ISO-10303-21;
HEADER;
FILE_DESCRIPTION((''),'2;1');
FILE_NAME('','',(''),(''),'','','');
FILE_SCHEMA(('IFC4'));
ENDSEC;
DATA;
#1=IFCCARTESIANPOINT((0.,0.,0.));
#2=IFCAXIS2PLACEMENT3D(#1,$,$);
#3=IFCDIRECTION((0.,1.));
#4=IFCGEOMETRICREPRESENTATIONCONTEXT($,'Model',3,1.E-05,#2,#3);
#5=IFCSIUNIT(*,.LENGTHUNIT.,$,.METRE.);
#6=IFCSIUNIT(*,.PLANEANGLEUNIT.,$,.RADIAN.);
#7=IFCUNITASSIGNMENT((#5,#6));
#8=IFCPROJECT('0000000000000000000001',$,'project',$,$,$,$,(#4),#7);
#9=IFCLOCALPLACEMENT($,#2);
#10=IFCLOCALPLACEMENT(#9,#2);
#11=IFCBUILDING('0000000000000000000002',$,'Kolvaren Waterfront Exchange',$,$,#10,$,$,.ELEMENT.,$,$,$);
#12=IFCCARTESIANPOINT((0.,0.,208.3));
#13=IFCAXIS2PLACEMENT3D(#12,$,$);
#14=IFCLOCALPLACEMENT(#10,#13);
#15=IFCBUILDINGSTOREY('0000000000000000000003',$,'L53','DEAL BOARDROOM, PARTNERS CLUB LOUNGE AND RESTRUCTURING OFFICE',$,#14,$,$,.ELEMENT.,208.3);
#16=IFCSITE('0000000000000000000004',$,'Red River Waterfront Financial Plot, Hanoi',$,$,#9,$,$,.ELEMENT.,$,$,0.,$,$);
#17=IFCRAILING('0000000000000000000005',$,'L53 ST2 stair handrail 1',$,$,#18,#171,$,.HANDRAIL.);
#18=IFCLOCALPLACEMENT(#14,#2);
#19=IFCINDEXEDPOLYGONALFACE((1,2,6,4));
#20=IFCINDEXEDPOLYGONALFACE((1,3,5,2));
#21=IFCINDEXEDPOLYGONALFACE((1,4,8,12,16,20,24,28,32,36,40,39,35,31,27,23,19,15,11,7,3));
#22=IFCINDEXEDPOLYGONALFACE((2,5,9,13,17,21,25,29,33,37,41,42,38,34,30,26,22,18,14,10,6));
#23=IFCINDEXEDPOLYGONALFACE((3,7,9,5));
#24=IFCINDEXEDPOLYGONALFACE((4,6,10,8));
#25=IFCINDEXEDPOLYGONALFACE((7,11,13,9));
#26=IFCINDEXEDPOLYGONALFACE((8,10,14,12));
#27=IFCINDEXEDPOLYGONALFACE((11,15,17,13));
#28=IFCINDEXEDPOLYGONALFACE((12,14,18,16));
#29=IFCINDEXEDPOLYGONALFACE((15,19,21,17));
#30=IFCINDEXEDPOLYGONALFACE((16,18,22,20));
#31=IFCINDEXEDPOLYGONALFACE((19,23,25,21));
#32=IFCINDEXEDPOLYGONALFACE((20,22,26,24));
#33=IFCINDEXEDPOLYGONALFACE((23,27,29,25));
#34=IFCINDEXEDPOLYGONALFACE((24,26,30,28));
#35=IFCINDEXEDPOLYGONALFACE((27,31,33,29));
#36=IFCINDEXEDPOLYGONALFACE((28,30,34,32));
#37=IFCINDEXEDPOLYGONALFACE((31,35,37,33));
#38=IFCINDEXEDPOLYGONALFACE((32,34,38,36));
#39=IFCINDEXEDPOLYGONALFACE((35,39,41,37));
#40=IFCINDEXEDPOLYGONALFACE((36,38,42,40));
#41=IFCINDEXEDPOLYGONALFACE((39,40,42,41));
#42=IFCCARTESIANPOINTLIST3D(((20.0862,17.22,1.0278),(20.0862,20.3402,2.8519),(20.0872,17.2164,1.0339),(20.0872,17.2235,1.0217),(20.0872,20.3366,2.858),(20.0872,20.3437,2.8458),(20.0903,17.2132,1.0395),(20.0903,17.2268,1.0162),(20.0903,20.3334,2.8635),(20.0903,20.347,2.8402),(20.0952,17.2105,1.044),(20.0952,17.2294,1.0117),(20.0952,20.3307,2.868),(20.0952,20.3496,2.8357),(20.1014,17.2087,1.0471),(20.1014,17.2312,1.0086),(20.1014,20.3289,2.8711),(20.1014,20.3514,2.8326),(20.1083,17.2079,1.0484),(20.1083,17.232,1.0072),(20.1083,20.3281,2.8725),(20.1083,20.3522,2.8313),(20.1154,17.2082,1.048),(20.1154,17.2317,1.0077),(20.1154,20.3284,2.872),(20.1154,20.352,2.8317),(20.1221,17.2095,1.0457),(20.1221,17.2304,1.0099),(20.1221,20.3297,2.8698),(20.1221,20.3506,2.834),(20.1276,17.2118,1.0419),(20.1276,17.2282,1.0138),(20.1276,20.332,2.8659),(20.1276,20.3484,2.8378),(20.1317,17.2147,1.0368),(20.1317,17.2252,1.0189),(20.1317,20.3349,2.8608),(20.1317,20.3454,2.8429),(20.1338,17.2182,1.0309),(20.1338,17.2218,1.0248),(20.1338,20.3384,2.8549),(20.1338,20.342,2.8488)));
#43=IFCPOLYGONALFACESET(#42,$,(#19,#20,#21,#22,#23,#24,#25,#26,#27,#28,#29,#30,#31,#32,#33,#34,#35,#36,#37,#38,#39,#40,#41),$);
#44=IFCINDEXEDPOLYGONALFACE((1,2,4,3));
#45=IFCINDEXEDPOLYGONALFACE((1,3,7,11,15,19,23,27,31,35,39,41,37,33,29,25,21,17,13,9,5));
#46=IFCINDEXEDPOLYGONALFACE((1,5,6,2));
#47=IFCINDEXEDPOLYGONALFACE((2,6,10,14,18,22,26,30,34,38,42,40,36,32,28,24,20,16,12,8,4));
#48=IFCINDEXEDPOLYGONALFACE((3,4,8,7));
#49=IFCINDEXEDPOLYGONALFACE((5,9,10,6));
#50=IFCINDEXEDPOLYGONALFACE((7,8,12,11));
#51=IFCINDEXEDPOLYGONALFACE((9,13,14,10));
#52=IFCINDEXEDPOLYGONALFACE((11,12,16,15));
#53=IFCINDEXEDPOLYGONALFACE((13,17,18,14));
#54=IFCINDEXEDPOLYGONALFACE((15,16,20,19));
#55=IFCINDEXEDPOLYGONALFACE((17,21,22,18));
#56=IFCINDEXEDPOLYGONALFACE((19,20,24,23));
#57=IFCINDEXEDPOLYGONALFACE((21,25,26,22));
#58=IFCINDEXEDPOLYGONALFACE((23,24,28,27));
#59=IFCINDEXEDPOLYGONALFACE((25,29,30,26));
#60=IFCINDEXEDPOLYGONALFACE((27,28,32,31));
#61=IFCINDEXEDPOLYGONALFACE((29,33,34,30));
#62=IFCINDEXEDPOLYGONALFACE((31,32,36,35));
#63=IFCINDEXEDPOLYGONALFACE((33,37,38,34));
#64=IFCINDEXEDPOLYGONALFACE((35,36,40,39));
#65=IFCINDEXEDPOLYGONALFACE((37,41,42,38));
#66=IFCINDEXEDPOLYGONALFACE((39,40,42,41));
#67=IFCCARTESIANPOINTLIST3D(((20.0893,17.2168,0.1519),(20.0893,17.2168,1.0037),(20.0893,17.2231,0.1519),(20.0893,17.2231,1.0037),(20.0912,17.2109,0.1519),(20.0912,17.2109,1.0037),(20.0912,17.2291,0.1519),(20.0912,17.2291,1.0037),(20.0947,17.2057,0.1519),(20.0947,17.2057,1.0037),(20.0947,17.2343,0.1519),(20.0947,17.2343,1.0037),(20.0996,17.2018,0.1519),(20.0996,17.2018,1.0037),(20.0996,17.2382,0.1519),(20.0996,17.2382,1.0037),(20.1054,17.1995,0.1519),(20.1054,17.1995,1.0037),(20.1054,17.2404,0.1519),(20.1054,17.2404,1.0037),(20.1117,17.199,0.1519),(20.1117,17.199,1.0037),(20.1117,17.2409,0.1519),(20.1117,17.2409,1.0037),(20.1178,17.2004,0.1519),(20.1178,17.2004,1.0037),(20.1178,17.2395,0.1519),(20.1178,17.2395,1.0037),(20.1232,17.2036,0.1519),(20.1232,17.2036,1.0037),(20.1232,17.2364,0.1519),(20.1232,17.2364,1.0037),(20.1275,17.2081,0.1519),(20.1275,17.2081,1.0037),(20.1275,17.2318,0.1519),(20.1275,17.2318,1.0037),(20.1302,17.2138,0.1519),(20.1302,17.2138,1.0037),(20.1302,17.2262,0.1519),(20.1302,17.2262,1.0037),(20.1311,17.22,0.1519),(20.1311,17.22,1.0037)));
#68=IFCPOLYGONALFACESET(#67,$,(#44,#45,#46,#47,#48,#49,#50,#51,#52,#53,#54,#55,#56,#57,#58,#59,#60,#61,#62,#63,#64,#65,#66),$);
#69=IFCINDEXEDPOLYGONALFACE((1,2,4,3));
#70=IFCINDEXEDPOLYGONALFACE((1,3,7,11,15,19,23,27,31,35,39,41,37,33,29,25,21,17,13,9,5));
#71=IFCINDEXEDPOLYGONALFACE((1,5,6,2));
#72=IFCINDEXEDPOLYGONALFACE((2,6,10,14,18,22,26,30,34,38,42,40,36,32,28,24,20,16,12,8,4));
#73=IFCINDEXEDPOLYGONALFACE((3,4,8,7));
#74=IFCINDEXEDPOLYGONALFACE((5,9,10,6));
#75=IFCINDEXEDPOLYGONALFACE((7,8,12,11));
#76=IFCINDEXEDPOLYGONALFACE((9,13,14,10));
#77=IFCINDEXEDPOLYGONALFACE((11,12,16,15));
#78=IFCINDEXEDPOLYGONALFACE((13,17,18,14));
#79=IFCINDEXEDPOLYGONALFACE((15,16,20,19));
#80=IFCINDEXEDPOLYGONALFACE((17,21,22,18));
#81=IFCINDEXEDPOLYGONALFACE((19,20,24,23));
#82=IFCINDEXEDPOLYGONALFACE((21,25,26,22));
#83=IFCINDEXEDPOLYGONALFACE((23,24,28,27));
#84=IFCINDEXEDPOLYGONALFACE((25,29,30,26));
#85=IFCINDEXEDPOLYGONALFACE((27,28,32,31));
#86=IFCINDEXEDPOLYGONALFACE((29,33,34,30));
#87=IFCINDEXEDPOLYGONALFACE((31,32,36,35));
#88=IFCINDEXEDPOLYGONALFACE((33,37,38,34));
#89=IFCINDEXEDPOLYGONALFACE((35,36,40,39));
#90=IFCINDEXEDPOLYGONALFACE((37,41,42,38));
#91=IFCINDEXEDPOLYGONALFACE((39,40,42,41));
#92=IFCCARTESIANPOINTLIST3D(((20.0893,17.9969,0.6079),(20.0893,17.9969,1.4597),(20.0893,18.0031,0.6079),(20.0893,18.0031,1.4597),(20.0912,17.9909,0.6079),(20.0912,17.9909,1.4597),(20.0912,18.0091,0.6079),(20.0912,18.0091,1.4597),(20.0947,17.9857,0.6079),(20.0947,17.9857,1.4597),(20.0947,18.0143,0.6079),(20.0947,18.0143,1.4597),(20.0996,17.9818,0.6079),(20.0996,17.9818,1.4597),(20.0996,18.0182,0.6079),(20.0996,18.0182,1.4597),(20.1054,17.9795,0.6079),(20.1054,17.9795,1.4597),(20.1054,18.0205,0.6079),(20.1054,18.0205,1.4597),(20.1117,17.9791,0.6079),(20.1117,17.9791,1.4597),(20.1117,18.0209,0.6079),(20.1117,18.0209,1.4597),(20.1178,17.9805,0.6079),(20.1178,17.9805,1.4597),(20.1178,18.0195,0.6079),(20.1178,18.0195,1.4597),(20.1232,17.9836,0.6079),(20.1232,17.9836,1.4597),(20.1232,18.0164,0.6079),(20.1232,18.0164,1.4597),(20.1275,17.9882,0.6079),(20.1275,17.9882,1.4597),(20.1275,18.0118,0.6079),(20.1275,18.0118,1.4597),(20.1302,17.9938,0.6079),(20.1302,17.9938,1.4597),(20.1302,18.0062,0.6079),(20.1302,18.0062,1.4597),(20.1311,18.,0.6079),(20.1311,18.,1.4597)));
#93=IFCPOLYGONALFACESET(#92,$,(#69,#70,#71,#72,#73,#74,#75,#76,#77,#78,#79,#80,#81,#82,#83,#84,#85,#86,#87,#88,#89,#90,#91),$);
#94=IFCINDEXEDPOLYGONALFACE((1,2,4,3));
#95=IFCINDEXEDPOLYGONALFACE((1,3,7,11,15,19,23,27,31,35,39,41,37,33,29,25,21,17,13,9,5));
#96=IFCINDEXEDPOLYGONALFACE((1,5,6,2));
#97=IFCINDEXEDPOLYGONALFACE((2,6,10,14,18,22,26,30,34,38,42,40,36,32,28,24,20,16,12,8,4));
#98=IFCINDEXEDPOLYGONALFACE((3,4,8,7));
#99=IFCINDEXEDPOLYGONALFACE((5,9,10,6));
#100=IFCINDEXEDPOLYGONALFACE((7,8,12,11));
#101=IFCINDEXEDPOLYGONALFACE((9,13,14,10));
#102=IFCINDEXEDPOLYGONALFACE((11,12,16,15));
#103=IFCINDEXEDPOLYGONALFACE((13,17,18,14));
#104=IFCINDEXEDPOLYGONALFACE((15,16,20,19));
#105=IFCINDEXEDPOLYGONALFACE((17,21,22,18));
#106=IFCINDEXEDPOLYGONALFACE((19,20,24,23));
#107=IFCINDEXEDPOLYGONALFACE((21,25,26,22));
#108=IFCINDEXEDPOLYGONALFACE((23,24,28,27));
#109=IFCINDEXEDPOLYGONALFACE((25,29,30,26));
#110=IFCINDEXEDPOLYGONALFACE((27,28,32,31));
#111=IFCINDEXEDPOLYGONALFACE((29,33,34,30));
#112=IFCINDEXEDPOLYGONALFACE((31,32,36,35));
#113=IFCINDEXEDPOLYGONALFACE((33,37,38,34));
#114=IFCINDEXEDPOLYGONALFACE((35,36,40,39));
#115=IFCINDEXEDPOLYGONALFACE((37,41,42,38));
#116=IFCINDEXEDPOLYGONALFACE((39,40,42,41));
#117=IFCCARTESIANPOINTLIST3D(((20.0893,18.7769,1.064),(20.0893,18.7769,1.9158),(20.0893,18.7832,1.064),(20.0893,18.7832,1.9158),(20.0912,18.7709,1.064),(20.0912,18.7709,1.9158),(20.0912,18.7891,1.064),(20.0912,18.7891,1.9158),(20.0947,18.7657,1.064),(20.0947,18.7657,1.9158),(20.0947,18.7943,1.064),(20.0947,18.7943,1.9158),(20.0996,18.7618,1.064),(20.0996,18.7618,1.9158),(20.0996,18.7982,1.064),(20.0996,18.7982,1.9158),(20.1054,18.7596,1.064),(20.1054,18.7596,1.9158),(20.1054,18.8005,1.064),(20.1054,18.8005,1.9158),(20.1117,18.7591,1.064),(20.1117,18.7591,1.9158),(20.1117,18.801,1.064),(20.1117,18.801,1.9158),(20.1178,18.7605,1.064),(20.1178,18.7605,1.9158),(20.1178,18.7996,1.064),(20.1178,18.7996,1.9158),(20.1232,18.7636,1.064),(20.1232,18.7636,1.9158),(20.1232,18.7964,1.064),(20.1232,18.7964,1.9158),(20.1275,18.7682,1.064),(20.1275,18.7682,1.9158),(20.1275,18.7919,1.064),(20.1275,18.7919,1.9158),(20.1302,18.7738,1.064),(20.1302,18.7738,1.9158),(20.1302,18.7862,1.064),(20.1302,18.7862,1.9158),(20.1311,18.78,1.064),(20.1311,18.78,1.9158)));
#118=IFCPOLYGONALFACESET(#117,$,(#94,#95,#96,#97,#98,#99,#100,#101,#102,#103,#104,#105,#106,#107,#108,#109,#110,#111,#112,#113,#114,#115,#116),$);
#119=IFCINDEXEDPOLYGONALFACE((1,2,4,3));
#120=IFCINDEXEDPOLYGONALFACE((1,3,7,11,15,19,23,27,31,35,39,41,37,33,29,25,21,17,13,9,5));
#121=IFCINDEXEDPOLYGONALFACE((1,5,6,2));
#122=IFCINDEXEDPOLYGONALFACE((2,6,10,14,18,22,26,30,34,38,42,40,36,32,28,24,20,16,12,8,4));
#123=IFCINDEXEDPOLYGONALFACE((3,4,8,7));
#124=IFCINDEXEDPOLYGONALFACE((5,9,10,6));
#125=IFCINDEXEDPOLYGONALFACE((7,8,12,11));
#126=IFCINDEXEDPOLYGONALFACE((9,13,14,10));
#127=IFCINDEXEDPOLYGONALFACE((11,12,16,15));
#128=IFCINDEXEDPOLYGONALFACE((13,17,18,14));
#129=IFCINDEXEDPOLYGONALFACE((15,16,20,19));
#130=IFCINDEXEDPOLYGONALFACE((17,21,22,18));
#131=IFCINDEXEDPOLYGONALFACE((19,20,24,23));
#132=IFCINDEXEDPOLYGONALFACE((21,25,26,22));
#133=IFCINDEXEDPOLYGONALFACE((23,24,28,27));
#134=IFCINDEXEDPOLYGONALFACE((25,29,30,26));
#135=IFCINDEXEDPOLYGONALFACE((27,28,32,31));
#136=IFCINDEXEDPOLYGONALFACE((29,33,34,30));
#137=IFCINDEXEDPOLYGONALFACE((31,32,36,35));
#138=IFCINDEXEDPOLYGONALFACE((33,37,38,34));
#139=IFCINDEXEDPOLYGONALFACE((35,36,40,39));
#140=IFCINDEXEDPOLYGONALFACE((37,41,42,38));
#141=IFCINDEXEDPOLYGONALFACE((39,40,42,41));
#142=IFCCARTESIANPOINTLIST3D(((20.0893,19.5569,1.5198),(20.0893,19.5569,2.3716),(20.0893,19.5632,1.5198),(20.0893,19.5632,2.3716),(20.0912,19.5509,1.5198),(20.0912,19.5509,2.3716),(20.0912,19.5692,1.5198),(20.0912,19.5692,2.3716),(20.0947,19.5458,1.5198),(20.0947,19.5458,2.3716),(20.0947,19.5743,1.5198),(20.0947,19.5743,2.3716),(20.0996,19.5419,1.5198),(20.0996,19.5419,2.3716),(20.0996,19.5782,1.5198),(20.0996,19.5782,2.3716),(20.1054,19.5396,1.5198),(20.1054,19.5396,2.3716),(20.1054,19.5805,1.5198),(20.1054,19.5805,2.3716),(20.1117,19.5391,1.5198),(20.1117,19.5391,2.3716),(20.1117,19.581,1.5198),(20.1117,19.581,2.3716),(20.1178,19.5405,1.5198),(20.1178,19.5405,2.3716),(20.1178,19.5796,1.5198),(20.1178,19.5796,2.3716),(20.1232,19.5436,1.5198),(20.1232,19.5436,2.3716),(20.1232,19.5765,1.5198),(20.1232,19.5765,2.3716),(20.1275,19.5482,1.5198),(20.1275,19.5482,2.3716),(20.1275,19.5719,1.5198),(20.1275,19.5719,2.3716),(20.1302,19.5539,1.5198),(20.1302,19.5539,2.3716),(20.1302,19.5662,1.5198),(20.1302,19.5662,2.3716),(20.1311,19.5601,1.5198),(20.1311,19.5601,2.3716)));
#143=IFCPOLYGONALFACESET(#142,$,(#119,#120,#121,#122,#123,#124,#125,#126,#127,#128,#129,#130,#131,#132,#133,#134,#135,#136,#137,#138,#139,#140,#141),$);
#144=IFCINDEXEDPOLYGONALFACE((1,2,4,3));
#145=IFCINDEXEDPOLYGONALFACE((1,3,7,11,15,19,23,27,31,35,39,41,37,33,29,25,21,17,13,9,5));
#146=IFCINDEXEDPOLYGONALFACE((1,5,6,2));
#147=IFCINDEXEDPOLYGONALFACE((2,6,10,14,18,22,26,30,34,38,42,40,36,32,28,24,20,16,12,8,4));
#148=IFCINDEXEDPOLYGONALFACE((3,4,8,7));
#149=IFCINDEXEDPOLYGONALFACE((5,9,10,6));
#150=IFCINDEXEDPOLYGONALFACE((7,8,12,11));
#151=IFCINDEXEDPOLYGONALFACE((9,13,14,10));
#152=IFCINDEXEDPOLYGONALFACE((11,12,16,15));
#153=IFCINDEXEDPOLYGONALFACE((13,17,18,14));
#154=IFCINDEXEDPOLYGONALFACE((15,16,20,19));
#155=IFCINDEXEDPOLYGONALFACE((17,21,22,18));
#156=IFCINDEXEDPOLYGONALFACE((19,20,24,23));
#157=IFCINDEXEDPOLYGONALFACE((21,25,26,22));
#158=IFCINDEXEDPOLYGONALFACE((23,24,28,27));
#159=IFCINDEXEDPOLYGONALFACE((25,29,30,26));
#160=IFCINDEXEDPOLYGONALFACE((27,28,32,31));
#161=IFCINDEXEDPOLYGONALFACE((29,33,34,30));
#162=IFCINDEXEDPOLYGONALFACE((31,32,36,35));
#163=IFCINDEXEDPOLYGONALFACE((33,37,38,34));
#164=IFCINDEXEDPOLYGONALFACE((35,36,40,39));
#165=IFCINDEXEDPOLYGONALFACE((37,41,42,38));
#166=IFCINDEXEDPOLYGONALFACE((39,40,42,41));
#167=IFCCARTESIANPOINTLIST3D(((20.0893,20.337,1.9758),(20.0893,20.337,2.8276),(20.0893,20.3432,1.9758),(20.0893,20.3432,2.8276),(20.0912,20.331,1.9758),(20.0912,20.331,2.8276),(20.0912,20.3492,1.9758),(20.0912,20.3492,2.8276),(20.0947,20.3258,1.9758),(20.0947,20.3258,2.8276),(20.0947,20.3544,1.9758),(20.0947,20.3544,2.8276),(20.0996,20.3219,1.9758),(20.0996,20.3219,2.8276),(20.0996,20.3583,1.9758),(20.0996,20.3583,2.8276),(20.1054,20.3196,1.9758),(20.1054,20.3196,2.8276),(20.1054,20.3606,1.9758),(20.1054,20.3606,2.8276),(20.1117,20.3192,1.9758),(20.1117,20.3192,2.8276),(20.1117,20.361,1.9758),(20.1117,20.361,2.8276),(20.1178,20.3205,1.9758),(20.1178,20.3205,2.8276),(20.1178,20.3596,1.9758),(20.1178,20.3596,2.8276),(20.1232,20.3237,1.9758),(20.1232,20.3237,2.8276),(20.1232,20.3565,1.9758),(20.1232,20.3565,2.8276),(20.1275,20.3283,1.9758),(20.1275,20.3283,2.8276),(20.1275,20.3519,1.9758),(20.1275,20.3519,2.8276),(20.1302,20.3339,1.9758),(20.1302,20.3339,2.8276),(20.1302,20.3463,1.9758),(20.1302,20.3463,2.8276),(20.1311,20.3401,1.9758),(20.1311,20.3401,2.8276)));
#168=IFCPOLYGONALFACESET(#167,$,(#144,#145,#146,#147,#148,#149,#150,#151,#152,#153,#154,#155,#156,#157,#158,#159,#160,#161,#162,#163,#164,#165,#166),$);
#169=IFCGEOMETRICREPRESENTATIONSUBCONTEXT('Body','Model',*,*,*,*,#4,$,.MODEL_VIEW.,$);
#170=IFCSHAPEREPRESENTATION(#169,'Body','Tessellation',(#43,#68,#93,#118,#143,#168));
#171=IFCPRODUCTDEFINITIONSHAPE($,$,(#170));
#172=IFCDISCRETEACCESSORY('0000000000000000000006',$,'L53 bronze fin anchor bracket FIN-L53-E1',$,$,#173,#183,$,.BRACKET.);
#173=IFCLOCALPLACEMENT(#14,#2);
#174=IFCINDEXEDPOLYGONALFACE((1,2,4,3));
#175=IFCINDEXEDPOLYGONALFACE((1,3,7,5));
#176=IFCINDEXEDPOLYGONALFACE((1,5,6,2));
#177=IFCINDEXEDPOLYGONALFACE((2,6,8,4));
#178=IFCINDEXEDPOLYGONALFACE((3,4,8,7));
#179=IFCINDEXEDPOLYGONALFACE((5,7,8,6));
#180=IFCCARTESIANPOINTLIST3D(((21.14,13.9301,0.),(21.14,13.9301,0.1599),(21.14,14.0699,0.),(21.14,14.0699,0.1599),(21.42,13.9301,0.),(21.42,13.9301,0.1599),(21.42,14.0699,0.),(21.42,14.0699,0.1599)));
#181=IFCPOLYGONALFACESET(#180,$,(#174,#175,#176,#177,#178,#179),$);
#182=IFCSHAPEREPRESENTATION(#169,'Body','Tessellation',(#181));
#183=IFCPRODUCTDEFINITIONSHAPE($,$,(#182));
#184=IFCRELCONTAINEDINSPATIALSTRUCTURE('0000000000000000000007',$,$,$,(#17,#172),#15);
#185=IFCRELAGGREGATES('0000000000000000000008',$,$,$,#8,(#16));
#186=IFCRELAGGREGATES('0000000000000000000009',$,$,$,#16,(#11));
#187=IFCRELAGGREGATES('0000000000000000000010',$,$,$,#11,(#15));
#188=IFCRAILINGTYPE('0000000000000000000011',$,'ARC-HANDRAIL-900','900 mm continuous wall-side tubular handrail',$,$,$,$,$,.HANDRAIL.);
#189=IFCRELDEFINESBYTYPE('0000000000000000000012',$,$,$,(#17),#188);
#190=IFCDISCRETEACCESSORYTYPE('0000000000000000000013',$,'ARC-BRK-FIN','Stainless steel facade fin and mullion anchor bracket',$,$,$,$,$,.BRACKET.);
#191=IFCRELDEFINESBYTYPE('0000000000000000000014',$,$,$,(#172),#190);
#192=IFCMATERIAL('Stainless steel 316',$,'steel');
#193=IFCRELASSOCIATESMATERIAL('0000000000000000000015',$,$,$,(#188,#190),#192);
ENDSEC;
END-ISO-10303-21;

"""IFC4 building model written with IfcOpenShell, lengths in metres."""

from ifc_helpers import new_model, si_unit, direction, frame, origin, origin_with_axes, origin_2d, place, context, subcontext, project, spatial, rectangle, circle, extrude, source, transform, mapped, material, type_object, element, save


model = new_model("IFC4")

# Units and contexts
model_context = context("Model", 3, precision=1e-05, world=origin(), true_north=direction((0.0, 1.0)))
body_context = subcontext(model_context, "Body", "Model", "MODEL_VIEW")
ifc_project = project(units=[si_unit("LENGTHUNIT", "METRE"), si_unit("PLANEANGLEUNIT", "RADIAN")], contexts=[model_context])

# Site, building, storey
site_placement = place(None, origin())
site = spatial("IfcSite", under=ifc_project, at=site_placement, Name="Red River Waterfront Financial Plot, Hanoi", CompositionType="ELEMENT", RefElevation=0.0)
building_placement = place(site_placement, origin())
building = spatial("IfcBuilding", under=site, at=building_placement, Name="Kolvaren Waterfront Exchange", CompositionType="ELEMENT")
storey_placement = place(building_placement, frame((0.0, 0.0, 208.3)))
storey = spatial("IfcBuildingStorey", under=building, at=storey_placement, Name="L53", Description="DEAL BOARDROOM, PARTNERS CLUB LOUNGE AND RESTRUCTURING OFFICE", CompositionType="ELEMENT", Elevation=208.3)

# Railing
ifc_material_1 = material(Name="Stainless steel 316", Category="steel")
railing_type_1 = type_object("IfcRailingType", Name="ARC-HANDRAIL-900", Description="900 mm continuous wall-side tubular handrail", PredefinedType="HANDRAIL", material=ifc_material_1)
railing_1_placement = place(storey_placement, frame((20.1101, 17.22, 0.1519)))
element("IfcRailing", 1, at=railing_1_placement, inside=storey, type_object=railing_type_1, Name="L53 ST2 stair handrail 1", PredefinedType="HANDRAIL", context=body_context, shape_type="SweptSolid", body=[
    extrude(circle(Radius=0.0239, at=origin_2d()), frame((0.0, 0.0, 0.876), z_axis=(0.0, 0.863308, 0.504677), x_axis=(-1.0, 0.0, 0.0)), (0.0, 0.0, 1.0), 3.6143),
    extrude(circle(Radius=0.021, at=origin_2d()), origin(), (0.0, 0.0, 1.0), 0.8518),
    extrude(circle(Radius=0.021, at=origin_2d()), frame((0.0, 0.78, 0.4561)), (0.0, 0.0, 1.0), 0.8518),
    extrude(circle(Radius=0.021, at=origin_2d()), frame((0.0, 1.5601, 0.9121)), (0.0, 0.0, 1.0), 0.8518),
    extrude(circle(Radius=0.021, at=origin_2d()), frame((0.0, 2.3401, 1.3679)), (0.0, 0.0, 1.0), 0.8518),
    extrude(circle(Radius=0.021, at=origin_2d()), frame((0.0, 3.1201, 1.824)), (0.0, 0.0, 1.0), 0.8518),
])

# Discrete accessory
discrete_accessory_type = type_object("IfcDiscreteAccessoryType", Name="ARC-BRK-FIN", Description="Stainless steel facade fin and mullion anchor bracket", PredefinedType="BRACKET", material=ifc_material_1)
shared_shape = source(origin_with_axes(), body_context, "Body", "SweptSolid", [
    extrude(rectangle(XDim=0.28, YDim=0.1399, at=origin_2d()), origin(), (0.0, 0.0, 1.0), 0.1599),
])
discrete_accessory_placement = place(storey_placement, frame((21.28, 14.0, 0.0), z_axis=(0.0, 0.0, 1.0), x_axis=(1.0, 0.0, 0.0)))
element("IfcDiscreteAccessory", 2, at=discrete_accessory_placement, inside=storey, type_object=discrete_accessory_type, Name="L53 bronze fin anchor bracket FIN-L53-E1", PredefinedType="BRACKET", context=body_context, shape_type="MappedRepresentation", body=[
    mapped(shared_shape, transform((0.0, 0.0, 0.0), x_axis=(1.0, 0.0, 0.0), y_axis=(0.0, 1.0, 0.0), z_axis=(0.0, 0.0, 1.0), scale=1.0)),
])

save(model, "model.ifc")
